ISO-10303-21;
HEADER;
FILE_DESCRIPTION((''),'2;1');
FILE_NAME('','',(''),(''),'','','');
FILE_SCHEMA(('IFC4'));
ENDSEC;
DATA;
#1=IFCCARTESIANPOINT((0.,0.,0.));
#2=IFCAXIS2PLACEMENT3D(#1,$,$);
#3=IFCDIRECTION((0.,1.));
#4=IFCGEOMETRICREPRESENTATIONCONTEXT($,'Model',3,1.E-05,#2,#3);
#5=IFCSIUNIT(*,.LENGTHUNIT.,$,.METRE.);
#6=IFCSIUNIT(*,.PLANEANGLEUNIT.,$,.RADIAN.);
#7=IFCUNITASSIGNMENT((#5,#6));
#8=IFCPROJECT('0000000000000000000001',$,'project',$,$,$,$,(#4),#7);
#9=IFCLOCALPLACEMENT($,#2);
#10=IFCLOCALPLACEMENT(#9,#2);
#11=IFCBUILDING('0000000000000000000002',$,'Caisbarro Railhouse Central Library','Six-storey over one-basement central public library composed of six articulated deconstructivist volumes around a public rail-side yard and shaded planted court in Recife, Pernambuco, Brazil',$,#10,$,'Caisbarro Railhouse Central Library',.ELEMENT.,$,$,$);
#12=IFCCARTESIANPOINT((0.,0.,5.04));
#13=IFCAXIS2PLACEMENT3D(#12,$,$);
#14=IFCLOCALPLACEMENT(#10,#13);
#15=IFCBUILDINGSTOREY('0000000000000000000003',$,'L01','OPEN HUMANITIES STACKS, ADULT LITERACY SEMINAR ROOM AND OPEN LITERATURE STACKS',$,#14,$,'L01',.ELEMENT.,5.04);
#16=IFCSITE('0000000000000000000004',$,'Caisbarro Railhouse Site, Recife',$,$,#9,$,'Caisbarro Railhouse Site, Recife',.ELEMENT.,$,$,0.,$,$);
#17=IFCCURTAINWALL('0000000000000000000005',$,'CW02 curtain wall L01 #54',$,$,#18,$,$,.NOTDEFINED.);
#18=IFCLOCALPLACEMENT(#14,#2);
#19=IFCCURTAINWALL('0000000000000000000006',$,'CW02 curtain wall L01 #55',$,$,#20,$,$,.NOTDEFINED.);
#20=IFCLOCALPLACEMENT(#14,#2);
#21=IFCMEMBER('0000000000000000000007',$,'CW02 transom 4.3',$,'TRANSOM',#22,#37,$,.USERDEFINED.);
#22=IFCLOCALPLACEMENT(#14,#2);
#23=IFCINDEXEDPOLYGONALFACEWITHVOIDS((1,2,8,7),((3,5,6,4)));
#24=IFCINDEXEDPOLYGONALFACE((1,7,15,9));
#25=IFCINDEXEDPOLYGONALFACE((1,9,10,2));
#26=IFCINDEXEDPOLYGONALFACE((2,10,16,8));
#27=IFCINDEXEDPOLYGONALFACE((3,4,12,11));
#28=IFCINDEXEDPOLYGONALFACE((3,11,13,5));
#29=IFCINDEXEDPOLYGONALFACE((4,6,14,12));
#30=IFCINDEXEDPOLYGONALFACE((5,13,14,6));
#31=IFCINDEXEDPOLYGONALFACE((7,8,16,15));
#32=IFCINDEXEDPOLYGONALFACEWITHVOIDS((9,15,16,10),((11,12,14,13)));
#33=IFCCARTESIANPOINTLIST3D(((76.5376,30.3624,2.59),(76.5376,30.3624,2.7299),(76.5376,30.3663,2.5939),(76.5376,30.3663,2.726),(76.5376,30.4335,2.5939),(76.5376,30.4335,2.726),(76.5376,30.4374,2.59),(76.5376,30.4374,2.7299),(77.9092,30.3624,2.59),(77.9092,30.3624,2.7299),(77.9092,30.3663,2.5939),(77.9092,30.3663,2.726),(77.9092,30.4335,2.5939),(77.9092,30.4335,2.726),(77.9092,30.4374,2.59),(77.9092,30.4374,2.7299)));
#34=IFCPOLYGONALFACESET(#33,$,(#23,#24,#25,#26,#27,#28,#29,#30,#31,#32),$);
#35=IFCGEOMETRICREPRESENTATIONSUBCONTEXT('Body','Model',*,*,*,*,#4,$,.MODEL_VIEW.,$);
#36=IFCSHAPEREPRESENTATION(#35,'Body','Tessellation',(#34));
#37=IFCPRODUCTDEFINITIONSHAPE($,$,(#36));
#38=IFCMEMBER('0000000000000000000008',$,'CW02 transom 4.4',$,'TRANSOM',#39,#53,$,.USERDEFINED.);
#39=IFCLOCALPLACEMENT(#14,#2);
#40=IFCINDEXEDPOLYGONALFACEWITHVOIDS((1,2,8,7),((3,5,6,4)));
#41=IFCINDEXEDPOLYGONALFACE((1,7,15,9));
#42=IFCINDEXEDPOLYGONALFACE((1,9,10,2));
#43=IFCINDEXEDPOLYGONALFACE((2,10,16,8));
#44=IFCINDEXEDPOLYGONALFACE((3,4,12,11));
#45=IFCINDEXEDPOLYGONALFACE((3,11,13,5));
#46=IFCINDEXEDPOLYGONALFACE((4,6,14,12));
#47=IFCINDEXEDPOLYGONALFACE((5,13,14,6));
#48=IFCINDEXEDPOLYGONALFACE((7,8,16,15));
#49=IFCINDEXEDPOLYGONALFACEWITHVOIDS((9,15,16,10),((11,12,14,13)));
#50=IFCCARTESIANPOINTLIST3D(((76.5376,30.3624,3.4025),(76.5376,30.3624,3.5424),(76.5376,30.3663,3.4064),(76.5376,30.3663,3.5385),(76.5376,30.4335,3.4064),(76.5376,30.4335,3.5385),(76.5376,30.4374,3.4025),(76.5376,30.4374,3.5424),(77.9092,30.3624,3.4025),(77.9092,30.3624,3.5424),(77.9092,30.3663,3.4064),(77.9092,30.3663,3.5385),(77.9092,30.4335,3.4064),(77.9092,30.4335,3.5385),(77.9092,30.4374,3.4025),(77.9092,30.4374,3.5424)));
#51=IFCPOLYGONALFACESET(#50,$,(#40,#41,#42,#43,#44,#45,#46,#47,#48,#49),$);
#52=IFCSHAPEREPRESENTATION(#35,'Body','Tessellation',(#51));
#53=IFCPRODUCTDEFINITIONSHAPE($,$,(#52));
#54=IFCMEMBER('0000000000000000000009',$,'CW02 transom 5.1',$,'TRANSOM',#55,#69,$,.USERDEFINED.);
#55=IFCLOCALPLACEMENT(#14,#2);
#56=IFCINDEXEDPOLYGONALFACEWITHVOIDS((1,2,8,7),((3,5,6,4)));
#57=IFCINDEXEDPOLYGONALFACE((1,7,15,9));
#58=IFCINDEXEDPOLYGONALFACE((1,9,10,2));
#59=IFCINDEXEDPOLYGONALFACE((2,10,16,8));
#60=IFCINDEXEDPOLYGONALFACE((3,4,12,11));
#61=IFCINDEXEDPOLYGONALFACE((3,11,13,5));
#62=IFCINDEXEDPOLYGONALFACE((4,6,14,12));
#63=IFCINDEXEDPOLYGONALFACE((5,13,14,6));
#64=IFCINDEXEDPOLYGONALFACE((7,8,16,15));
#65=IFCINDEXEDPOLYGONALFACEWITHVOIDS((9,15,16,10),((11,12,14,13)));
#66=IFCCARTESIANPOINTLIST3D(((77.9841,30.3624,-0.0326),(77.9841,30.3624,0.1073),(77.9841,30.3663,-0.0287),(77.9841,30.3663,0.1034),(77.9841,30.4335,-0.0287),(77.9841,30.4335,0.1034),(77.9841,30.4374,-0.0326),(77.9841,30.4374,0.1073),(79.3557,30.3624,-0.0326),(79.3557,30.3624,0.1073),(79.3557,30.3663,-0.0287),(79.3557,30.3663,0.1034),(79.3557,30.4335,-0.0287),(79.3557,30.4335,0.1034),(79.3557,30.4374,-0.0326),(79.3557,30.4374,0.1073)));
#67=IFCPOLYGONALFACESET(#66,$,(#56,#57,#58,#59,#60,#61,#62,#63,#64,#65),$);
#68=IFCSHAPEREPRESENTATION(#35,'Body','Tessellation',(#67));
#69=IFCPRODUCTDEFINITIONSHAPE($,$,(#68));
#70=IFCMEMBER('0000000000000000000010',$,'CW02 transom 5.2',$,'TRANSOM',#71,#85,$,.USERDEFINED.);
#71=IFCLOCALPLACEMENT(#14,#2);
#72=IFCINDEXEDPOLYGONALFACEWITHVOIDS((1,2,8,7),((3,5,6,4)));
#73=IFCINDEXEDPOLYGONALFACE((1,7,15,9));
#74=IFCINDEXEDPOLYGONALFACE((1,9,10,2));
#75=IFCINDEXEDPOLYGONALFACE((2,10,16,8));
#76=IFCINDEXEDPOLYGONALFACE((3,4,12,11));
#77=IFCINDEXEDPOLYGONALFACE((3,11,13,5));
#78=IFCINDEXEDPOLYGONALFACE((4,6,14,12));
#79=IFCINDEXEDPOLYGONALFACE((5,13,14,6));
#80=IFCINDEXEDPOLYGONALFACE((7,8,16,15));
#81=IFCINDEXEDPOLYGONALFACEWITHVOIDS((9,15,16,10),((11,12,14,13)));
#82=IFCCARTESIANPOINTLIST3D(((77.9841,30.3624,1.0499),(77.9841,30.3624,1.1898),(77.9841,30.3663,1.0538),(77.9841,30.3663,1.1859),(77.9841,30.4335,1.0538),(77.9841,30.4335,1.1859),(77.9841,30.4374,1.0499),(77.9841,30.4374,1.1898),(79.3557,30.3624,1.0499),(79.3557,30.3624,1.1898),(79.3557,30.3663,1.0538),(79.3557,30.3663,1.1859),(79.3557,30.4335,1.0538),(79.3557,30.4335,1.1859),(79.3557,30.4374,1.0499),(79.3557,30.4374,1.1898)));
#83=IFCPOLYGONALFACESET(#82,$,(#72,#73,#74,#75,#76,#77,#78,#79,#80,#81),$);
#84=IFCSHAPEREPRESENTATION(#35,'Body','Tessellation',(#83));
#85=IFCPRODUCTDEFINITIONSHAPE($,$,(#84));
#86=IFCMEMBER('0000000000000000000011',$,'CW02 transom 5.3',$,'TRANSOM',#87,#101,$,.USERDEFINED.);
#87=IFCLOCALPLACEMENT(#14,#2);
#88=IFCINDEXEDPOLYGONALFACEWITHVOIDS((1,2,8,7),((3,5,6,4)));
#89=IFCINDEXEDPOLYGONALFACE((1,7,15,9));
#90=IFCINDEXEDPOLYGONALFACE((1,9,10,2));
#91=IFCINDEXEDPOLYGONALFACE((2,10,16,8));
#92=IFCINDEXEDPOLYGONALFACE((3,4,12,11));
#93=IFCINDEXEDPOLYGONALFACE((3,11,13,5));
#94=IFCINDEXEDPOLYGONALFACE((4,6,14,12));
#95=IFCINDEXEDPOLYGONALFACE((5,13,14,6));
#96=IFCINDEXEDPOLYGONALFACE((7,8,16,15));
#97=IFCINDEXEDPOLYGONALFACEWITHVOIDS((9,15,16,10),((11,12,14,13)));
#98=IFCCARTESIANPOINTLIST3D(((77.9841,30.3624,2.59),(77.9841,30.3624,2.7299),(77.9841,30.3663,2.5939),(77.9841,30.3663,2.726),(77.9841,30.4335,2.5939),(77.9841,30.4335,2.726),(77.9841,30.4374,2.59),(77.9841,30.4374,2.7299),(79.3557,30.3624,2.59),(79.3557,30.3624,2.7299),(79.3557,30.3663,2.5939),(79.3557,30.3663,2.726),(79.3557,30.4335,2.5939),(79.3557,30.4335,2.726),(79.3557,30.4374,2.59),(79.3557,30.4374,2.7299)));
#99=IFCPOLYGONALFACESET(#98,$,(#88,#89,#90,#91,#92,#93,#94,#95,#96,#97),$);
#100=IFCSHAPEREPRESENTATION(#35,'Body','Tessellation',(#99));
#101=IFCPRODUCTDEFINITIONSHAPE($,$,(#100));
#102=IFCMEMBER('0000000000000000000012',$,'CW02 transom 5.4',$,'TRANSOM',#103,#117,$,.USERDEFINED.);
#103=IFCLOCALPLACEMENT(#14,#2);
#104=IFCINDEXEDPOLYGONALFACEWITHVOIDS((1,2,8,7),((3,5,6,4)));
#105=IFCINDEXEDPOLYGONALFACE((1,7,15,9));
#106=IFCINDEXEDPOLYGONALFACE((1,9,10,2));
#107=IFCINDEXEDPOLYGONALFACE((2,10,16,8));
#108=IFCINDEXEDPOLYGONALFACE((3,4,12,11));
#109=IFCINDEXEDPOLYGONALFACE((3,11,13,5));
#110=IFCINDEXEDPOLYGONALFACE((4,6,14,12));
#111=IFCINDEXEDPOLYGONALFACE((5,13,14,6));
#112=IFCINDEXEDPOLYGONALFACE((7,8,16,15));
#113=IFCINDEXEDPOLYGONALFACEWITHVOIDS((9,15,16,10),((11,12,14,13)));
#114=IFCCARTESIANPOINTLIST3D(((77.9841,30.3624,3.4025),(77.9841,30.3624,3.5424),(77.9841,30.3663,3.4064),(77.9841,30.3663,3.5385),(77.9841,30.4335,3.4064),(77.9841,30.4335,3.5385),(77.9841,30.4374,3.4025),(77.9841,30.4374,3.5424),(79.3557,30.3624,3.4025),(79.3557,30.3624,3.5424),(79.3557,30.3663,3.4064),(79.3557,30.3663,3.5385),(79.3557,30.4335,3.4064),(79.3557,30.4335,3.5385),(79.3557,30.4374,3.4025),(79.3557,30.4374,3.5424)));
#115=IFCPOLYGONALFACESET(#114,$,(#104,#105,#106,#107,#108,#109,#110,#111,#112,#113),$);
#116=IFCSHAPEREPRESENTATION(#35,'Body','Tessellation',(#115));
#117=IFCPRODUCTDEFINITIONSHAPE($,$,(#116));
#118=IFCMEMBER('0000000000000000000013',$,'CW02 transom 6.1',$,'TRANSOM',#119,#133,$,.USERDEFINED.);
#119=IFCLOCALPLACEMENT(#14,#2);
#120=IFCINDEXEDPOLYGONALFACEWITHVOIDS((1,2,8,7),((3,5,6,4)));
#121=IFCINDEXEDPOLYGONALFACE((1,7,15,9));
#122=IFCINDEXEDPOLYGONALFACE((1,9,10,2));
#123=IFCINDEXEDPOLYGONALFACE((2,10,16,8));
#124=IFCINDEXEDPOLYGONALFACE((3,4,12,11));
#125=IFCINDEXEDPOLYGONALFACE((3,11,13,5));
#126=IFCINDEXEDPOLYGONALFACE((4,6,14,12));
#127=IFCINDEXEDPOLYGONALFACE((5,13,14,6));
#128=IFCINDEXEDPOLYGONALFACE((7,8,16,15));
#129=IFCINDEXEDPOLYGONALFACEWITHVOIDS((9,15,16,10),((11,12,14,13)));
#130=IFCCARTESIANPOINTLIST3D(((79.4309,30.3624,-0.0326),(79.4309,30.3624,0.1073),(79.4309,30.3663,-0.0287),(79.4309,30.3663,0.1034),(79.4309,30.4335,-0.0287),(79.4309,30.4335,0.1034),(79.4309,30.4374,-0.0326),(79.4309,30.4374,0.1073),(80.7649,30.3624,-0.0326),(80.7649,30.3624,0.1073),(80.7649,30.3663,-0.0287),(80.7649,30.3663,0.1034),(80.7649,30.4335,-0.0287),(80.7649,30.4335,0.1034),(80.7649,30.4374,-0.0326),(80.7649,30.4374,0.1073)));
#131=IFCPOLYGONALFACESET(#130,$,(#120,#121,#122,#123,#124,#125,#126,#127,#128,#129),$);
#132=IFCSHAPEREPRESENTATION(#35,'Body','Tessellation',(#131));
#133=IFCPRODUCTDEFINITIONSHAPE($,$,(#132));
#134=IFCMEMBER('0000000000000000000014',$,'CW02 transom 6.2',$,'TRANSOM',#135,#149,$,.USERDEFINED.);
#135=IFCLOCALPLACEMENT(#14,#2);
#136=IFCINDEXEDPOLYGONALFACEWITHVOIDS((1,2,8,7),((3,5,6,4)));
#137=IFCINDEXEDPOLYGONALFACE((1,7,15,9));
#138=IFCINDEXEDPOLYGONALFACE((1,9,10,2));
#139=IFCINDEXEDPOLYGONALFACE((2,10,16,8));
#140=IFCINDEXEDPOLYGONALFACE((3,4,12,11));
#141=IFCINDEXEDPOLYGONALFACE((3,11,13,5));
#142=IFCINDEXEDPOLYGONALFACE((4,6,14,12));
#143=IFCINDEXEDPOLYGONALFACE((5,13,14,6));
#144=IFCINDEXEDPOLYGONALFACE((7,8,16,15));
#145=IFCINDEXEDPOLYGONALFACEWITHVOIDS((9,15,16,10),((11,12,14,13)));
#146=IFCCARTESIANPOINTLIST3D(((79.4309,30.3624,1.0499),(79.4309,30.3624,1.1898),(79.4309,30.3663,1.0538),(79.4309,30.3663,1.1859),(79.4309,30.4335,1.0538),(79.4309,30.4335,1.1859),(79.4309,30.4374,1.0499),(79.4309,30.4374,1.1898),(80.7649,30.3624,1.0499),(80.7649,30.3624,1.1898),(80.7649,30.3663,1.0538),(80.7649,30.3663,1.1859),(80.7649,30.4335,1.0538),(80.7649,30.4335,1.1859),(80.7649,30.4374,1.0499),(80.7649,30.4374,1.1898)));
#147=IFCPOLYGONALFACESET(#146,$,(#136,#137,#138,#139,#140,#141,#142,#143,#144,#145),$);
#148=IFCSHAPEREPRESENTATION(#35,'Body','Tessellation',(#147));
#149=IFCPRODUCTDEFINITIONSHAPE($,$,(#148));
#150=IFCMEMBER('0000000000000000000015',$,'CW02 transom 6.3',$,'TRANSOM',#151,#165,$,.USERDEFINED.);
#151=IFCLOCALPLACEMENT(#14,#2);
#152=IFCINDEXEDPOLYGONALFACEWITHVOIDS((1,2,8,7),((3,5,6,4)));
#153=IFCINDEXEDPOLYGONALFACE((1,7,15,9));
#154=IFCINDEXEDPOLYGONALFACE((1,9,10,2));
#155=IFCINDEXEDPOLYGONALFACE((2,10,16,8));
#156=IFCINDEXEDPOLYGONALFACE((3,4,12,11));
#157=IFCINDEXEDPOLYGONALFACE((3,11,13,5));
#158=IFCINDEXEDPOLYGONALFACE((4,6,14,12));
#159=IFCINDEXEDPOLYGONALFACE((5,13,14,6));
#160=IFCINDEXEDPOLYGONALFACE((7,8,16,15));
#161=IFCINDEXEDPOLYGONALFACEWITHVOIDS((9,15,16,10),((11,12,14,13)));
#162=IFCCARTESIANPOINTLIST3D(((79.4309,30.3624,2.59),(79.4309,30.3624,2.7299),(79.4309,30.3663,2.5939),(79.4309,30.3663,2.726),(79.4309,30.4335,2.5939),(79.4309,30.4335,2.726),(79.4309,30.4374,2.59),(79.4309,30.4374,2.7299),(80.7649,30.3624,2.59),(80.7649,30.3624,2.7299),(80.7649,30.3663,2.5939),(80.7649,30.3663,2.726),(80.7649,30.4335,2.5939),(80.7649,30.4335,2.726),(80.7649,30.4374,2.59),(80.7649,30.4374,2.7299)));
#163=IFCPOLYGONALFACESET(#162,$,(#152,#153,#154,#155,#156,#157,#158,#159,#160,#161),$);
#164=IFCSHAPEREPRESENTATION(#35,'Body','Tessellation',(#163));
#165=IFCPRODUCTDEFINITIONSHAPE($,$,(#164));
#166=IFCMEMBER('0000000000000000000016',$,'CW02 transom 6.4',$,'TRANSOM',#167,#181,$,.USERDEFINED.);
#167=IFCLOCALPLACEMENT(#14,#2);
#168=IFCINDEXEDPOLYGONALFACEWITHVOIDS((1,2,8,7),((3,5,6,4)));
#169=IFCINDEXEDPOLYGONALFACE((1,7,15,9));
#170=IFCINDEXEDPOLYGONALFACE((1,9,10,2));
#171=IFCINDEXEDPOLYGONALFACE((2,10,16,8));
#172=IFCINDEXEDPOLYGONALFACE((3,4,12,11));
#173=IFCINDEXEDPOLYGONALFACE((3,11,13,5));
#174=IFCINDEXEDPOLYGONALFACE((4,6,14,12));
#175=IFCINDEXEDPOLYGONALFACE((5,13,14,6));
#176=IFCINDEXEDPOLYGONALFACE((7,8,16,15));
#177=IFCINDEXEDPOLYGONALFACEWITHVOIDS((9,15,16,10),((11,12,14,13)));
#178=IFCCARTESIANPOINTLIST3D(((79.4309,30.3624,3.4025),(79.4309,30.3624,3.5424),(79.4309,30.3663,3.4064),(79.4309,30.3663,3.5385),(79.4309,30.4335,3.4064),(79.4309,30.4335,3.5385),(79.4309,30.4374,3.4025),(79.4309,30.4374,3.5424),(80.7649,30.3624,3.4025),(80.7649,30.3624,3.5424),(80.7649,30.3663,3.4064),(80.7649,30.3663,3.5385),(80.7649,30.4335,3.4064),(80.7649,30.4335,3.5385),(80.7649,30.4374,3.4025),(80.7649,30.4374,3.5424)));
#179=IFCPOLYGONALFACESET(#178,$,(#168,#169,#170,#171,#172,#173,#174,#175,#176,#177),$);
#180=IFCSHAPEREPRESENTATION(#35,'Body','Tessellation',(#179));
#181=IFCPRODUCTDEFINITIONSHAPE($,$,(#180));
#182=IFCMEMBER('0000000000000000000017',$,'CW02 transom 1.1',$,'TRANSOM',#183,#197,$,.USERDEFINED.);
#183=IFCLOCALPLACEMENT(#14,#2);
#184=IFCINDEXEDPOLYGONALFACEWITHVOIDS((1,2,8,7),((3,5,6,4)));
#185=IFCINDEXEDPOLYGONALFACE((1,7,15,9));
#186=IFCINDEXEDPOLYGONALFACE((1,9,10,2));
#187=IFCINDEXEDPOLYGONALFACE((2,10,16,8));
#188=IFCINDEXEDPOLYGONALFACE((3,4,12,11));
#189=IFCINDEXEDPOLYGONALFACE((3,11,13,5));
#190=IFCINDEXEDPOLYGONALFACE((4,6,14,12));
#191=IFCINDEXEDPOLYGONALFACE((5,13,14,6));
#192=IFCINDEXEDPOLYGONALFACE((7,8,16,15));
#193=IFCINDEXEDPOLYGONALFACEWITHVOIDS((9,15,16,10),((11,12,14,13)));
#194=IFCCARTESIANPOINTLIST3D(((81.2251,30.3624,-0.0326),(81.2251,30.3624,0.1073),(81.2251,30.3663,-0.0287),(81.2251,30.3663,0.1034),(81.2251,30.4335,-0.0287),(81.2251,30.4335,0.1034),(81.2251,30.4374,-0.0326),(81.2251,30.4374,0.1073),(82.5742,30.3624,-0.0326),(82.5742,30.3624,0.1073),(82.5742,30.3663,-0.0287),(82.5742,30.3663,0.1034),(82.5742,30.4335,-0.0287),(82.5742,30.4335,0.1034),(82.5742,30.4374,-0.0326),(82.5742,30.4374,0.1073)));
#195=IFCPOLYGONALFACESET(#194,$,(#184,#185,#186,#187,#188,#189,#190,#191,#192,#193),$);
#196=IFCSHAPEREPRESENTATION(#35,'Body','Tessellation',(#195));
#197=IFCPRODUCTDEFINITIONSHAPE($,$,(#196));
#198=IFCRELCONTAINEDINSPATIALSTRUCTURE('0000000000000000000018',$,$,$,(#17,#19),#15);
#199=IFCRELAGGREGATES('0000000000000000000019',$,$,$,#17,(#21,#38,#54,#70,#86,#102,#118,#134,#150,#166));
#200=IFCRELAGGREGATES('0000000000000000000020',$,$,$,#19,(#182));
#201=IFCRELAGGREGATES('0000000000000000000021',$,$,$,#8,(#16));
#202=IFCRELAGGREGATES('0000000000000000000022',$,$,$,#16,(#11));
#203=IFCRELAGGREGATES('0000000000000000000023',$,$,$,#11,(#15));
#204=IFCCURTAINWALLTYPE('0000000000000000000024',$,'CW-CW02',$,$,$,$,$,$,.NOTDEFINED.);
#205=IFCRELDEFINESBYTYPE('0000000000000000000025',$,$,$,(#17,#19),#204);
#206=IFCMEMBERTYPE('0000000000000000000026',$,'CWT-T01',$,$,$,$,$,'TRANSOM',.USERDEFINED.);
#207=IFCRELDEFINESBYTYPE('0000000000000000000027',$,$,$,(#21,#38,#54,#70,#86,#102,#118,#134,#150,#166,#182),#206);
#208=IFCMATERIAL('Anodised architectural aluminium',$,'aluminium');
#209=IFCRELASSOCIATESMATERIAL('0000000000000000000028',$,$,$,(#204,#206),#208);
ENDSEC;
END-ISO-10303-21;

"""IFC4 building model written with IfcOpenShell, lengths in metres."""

from ifc_helpers import new_model, si_unit, direction, frame, origin, origin_2d, place, context, subcontext, project, spatial, hollow_rectangle, extrude, material, material_profile, profile_set, type_object, element, aggregate, save


model = new_model("IFC4")

# Units and contexts
model_context = context("Model", 3, precision=1e-05, world=origin(), true_north=direction((0.0, 1.0)))
body_context = subcontext(model_context, "Body", "Model", "MODEL_VIEW")
ifc_project = project(units=[si_unit("LENGTHUNIT", "METRE"), si_unit("PLANEANGLEUNIT", "RADIAN")], contexts=[model_context])

# Site, building, storey
site_placement = place(None, origin())
site = spatial("IfcSite", under=ifc_project, at=site_placement, Name="Caisbarro Railhouse Site, Recife", LongName="Caisbarro Railhouse Site, Recife", CompositionType="ELEMENT", RefElevation=0.0)
building_placement = place(site_placement, origin())
building = spatial("IfcBuilding", under=site, at=building_placement, Name="Caisbarro Railhouse Central Library", Description="Six-storey over one-basement central public library composed of six articulated deconstructivist volumes around a public rail-side yard and shaded planted court in Recife, Pernambuco, Brazil", LongName="Caisbarro Railhouse Central Library", CompositionType="ELEMENT")
storey_placement = place(building_placement, frame((0.0, 0.0, 5.04)))
storey = spatial("IfcBuildingStorey", under=building, at=storey_placement, Name="L01", Description="OPEN HUMANITIES STACKS, ADULT LITERACY SEMINAR ROOM AND OPEN LITERATURE STACKS", LongName="L01", CompositionType="ELEMENT", Elevation=5.04)

# Curtain wall
ifc_material_1 = material(Name="Anodised architectural aluminium", Category="aluminium")
curtain_wall_type = type_object("IfcCurtainWallType", Name="CW-CW02", PredefinedType="NOTDEFINED", material=ifc_material_1)
curtain_wall_1_placement = place(storey_placement, origin())
curtain_wall_1 = element("IfcCurtainWall", 1, at=curtain_wall_1_placement, inside=storey, type_object=curtain_wall_type, Name="CW02 curtain wall L01 #54", PredefinedType="NOTDEFINED")

# Curtain wall
curtain_wall_2_placement = place(storey_placement, origin())
curtain_wall_2 = element("IfcCurtainWall", 2, at=curtain_wall_2_placement, inside=storey, type_object=curtain_wall_type, Name="CW02 curtain wall L01 #55", PredefinedType="NOTDEFINED")

# Members
ifc_material_profile_1 = material_profile(ifc_material_1, hollow_rectangle(XDim=0.075, YDim=0.1399, WallThickness=0.0039, at=origin_2d()), Name="ALU-TRN-75X140")
ifc_profile_set_1 = profile_set([ifc_material_profile_1], Name="Anodised architectural aluminium")
member_type_1 = type_object("IfcMemberType", Name="CWT-T01", ElementType="TRANSOM", PredefinedType="USERDEFINED", material=ifc_profile_set_1)
member_1_placement = place(storey_placement, frame((76.5376, 30.3999, 2.6599), z_axis=(1.0, 0.0, 0.0), x_axis=(0.0, 1.0, 0.0)))
member_1 = element("IfcMember", 3, at=member_1_placement, type_object=member_type_1, Name="CW02 transom 4.3", ObjectType="TRANSOM", PredefinedType="USERDEFINED", context=body_context, shape_type="SweptSolid", body=[
    extrude(hollow_rectangle(XDim=0.075, YDim=0.1399, WallThickness=0.0039, at=origin_2d()), origin(), (0.0, 0.0, 1.0), 1.3716),
])
member_2_placement = place(storey_placement, frame((76.5376, 30.3999, 3.4724), z_axis=(1.0, 0.0, 0.0), x_axis=(0.0, 1.0, 0.0)))
member_2 = element("IfcMember", 4, at=member_2_placement, type_object=member_type_1, Name="CW02 transom 4.4", ObjectType="TRANSOM", PredefinedType="USERDEFINED", context=body_context, shape_type="SweptSolid", body=[
    extrude(hollow_rectangle(XDim=0.075, YDim=0.1399, WallThickness=0.0039, at=origin_2d()), origin(), (0.0, 0.0, 1.0), 1.3716),
])
member_3_placement = place(storey_placement, frame((77.9841, 30.3999, 0.0374), z_axis=(1.0, 0.0, 0.0), x_axis=(0.0, 1.0, 0.0)))
member_3 = element("IfcMember", 5, at=member_3_placement, type_object=member_type_1, Name="CW02 transom 5.1", ObjectType="TRANSOM", PredefinedType="USERDEFINED", context=body_context, shape_type="SweptSolid", body=[
    extrude(hollow_rectangle(XDim=0.075, YDim=0.1399, WallThickness=0.0039, at=origin_2d()), origin(), (0.0, 0.0, 1.0), 1.3716),
])
member_4_placement = place(storey_placement, frame((77.9841, 30.3999, 1.1199), z_axis=(1.0, 0.0, 0.0), x_axis=(0.0, 1.0, 0.0)))
member_4 = element("IfcMember", 6, at=member_4_placement, type_object=member_type_1, Name="CW02 transom 5.2", ObjectType="TRANSOM", PredefinedType="USERDEFINED", context=body_context, shape_type="SweptSolid", body=[
    extrude(hollow_rectangle(XDim=0.075, YDim=0.1399, WallThickness=0.0039, at=origin_2d()), origin(), (0.0, 0.0, 1.0), 1.3716),
])
member_5_placement = place(storey_placement, frame((77.9841, 30.3999, 2.6599), z_axis=(1.0, 0.0, 0.0), x_axis=(0.0, 1.0, 0.0)))
member_5 = element("IfcMember", 7, at=member_5_placement, type_object=member_type_1, Name="CW02 transom 5.3", ObjectType="TRANSOM", PredefinedType="USERDEFINED", context=body_context, shape_type="SweptSolid", body=[
    extrude(hollow_rectangle(XDim=0.075, YDim=0.1399, WallThickness=0.0039, at=origin_2d()), origin(), (0.0, 0.0, 1.0), 1.3716),
])
member_6_placement = place(storey_placement, frame((77.9841, 30.3999, 3.4724), z_axis=(1.0, 0.0, 0.0), x_axis=(0.0, 1.0, 0.0)))
member_6 = element("IfcMember", 8, at=member_6_placement, type_object=member_type_1, Name="CW02 transom 5.4", ObjectType="TRANSOM", PredefinedType="USERDEFINED", context=body_context, shape_type="SweptSolid", body=[
    extrude(hollow_rectangle(XDim=0.075, YDim=0.1399, WallThickness=0.0039, at=origin_2d()), origin(), (0.0, 0.0, 1.0), 1.3716),
])
member_7_placement = place(storey_placement, frame((79.4309, 30.3999, 0.0374), z_axis=(1.0, 0.0, 0.0), x_axis=(0.0, 1.0, 0.0)))
member_7 = element("IfcMember", 9, at=member_7_placement, type_object=member_type_1, Name="CW02 transom 6.1", ObjectType="TRANSOM", PredefinedType="USERDEFINED", context=body_context, shape_type="SweptSolid", body=[
    extrude(hollow_rectangle(XDim=0.075, YDim=0.1399, WallThickness=0.0039, at=origin_2d()), origin(), (0.0, 0.0, 1.0), 1.334),
])
member_8_placement = place(storey_placement, frame((79.4309, 30.3999, 1.1199), z_axis=(1.0, 0.0, 0.0), x_axis=(0.0, 1.0, 0.0)))
member_8 = element("IfcMember", 10, at=member_8_placement, type_object=member_type_1, Name="CW02 transom 6.2", ObjectType="TRANSOM", PredefinedType="USERDEFINED", context=body_context, shape_type="SweptSolid", body=[
    extrude(hollow_rectangle(XDim=0.075, YDim=0.1399, WallThickness=0.0039, at=origin_2d()), origin(), (0.0, 0.0, 1.0), 1.334),
])
member_9_placement = place(storey_placement, frame((79.4309, 30.3999, 2.6599), z_axis=(1.0, 0.0, 0.0), x_axis=(0.0, 1.0, 0.0)))
member_9 = element("IfcMember", 11, at=member_9_placement, type_object=member_type_1, Name="CW02 transom 6.3", ObjectType="TRANSOM", PredefinedType="USERDEFINED", context=body_context, shape_type="SweptSolid", body=[
    extrude(hollow_rectangle(XDim=0.075, YDim=0.1399, WallThickness=0.0039, at=origin_2d()), origin(), (0.0, 0.0, 1.0), 1.334),
])
member_10_placement = place(storey_placement, frame((79.4309, 30.3999, 3.4724), z_axis=(1.0, 0.0, 0.0), x_axis=(0.0, 1.0, 0.0)))
member_10 = element("IfcMember", 12, at=member_10_placement, type_object=member_type_1, Name="CW02 transom 6.4", ObjectType="TRANSOM", PredefinedType="USERDEFINED", context=body_context, shape_type="SweptSolid", body=[
    extrude(hollow_rectangle(XDim=0.075, YDim=0.1399, WallThickness=0.0039, at=origin_2d()), origin(), (0.0, 0.0, 1.0), 1.334),
])
member_11_placement = place(storey_placement, frame((81.2251, 30.3999, 0.0374), z_axis=(1.0, 0.0, 0.0), x_axis=(0.0, 1.0, 0.0)))
member_11 = element("IfcMember", 13, at=member_11_placement, type_object=member_type_1, Name="CW02 transom 1.1", ObjectType="TRANSOM", PredefinedType="USERDEFINED", context=body_context, shape_type="SweptSolid", body=[
    extrude(hollow_rectangle(XDim=0.075, YDim=0.1399, WallThickness=0.0039, at=origin_2d()), origin(), (0.0, 0.0, 1.0), 1.3491),
])

aggregate(curtain_wall_1, [member_1, member_2, member_3, member_4, member_5, member_6, member_7, member_8, member_9, member_10])
aggregate(curtain_wall_2, [member_11])

save(model, "model.ifc")
